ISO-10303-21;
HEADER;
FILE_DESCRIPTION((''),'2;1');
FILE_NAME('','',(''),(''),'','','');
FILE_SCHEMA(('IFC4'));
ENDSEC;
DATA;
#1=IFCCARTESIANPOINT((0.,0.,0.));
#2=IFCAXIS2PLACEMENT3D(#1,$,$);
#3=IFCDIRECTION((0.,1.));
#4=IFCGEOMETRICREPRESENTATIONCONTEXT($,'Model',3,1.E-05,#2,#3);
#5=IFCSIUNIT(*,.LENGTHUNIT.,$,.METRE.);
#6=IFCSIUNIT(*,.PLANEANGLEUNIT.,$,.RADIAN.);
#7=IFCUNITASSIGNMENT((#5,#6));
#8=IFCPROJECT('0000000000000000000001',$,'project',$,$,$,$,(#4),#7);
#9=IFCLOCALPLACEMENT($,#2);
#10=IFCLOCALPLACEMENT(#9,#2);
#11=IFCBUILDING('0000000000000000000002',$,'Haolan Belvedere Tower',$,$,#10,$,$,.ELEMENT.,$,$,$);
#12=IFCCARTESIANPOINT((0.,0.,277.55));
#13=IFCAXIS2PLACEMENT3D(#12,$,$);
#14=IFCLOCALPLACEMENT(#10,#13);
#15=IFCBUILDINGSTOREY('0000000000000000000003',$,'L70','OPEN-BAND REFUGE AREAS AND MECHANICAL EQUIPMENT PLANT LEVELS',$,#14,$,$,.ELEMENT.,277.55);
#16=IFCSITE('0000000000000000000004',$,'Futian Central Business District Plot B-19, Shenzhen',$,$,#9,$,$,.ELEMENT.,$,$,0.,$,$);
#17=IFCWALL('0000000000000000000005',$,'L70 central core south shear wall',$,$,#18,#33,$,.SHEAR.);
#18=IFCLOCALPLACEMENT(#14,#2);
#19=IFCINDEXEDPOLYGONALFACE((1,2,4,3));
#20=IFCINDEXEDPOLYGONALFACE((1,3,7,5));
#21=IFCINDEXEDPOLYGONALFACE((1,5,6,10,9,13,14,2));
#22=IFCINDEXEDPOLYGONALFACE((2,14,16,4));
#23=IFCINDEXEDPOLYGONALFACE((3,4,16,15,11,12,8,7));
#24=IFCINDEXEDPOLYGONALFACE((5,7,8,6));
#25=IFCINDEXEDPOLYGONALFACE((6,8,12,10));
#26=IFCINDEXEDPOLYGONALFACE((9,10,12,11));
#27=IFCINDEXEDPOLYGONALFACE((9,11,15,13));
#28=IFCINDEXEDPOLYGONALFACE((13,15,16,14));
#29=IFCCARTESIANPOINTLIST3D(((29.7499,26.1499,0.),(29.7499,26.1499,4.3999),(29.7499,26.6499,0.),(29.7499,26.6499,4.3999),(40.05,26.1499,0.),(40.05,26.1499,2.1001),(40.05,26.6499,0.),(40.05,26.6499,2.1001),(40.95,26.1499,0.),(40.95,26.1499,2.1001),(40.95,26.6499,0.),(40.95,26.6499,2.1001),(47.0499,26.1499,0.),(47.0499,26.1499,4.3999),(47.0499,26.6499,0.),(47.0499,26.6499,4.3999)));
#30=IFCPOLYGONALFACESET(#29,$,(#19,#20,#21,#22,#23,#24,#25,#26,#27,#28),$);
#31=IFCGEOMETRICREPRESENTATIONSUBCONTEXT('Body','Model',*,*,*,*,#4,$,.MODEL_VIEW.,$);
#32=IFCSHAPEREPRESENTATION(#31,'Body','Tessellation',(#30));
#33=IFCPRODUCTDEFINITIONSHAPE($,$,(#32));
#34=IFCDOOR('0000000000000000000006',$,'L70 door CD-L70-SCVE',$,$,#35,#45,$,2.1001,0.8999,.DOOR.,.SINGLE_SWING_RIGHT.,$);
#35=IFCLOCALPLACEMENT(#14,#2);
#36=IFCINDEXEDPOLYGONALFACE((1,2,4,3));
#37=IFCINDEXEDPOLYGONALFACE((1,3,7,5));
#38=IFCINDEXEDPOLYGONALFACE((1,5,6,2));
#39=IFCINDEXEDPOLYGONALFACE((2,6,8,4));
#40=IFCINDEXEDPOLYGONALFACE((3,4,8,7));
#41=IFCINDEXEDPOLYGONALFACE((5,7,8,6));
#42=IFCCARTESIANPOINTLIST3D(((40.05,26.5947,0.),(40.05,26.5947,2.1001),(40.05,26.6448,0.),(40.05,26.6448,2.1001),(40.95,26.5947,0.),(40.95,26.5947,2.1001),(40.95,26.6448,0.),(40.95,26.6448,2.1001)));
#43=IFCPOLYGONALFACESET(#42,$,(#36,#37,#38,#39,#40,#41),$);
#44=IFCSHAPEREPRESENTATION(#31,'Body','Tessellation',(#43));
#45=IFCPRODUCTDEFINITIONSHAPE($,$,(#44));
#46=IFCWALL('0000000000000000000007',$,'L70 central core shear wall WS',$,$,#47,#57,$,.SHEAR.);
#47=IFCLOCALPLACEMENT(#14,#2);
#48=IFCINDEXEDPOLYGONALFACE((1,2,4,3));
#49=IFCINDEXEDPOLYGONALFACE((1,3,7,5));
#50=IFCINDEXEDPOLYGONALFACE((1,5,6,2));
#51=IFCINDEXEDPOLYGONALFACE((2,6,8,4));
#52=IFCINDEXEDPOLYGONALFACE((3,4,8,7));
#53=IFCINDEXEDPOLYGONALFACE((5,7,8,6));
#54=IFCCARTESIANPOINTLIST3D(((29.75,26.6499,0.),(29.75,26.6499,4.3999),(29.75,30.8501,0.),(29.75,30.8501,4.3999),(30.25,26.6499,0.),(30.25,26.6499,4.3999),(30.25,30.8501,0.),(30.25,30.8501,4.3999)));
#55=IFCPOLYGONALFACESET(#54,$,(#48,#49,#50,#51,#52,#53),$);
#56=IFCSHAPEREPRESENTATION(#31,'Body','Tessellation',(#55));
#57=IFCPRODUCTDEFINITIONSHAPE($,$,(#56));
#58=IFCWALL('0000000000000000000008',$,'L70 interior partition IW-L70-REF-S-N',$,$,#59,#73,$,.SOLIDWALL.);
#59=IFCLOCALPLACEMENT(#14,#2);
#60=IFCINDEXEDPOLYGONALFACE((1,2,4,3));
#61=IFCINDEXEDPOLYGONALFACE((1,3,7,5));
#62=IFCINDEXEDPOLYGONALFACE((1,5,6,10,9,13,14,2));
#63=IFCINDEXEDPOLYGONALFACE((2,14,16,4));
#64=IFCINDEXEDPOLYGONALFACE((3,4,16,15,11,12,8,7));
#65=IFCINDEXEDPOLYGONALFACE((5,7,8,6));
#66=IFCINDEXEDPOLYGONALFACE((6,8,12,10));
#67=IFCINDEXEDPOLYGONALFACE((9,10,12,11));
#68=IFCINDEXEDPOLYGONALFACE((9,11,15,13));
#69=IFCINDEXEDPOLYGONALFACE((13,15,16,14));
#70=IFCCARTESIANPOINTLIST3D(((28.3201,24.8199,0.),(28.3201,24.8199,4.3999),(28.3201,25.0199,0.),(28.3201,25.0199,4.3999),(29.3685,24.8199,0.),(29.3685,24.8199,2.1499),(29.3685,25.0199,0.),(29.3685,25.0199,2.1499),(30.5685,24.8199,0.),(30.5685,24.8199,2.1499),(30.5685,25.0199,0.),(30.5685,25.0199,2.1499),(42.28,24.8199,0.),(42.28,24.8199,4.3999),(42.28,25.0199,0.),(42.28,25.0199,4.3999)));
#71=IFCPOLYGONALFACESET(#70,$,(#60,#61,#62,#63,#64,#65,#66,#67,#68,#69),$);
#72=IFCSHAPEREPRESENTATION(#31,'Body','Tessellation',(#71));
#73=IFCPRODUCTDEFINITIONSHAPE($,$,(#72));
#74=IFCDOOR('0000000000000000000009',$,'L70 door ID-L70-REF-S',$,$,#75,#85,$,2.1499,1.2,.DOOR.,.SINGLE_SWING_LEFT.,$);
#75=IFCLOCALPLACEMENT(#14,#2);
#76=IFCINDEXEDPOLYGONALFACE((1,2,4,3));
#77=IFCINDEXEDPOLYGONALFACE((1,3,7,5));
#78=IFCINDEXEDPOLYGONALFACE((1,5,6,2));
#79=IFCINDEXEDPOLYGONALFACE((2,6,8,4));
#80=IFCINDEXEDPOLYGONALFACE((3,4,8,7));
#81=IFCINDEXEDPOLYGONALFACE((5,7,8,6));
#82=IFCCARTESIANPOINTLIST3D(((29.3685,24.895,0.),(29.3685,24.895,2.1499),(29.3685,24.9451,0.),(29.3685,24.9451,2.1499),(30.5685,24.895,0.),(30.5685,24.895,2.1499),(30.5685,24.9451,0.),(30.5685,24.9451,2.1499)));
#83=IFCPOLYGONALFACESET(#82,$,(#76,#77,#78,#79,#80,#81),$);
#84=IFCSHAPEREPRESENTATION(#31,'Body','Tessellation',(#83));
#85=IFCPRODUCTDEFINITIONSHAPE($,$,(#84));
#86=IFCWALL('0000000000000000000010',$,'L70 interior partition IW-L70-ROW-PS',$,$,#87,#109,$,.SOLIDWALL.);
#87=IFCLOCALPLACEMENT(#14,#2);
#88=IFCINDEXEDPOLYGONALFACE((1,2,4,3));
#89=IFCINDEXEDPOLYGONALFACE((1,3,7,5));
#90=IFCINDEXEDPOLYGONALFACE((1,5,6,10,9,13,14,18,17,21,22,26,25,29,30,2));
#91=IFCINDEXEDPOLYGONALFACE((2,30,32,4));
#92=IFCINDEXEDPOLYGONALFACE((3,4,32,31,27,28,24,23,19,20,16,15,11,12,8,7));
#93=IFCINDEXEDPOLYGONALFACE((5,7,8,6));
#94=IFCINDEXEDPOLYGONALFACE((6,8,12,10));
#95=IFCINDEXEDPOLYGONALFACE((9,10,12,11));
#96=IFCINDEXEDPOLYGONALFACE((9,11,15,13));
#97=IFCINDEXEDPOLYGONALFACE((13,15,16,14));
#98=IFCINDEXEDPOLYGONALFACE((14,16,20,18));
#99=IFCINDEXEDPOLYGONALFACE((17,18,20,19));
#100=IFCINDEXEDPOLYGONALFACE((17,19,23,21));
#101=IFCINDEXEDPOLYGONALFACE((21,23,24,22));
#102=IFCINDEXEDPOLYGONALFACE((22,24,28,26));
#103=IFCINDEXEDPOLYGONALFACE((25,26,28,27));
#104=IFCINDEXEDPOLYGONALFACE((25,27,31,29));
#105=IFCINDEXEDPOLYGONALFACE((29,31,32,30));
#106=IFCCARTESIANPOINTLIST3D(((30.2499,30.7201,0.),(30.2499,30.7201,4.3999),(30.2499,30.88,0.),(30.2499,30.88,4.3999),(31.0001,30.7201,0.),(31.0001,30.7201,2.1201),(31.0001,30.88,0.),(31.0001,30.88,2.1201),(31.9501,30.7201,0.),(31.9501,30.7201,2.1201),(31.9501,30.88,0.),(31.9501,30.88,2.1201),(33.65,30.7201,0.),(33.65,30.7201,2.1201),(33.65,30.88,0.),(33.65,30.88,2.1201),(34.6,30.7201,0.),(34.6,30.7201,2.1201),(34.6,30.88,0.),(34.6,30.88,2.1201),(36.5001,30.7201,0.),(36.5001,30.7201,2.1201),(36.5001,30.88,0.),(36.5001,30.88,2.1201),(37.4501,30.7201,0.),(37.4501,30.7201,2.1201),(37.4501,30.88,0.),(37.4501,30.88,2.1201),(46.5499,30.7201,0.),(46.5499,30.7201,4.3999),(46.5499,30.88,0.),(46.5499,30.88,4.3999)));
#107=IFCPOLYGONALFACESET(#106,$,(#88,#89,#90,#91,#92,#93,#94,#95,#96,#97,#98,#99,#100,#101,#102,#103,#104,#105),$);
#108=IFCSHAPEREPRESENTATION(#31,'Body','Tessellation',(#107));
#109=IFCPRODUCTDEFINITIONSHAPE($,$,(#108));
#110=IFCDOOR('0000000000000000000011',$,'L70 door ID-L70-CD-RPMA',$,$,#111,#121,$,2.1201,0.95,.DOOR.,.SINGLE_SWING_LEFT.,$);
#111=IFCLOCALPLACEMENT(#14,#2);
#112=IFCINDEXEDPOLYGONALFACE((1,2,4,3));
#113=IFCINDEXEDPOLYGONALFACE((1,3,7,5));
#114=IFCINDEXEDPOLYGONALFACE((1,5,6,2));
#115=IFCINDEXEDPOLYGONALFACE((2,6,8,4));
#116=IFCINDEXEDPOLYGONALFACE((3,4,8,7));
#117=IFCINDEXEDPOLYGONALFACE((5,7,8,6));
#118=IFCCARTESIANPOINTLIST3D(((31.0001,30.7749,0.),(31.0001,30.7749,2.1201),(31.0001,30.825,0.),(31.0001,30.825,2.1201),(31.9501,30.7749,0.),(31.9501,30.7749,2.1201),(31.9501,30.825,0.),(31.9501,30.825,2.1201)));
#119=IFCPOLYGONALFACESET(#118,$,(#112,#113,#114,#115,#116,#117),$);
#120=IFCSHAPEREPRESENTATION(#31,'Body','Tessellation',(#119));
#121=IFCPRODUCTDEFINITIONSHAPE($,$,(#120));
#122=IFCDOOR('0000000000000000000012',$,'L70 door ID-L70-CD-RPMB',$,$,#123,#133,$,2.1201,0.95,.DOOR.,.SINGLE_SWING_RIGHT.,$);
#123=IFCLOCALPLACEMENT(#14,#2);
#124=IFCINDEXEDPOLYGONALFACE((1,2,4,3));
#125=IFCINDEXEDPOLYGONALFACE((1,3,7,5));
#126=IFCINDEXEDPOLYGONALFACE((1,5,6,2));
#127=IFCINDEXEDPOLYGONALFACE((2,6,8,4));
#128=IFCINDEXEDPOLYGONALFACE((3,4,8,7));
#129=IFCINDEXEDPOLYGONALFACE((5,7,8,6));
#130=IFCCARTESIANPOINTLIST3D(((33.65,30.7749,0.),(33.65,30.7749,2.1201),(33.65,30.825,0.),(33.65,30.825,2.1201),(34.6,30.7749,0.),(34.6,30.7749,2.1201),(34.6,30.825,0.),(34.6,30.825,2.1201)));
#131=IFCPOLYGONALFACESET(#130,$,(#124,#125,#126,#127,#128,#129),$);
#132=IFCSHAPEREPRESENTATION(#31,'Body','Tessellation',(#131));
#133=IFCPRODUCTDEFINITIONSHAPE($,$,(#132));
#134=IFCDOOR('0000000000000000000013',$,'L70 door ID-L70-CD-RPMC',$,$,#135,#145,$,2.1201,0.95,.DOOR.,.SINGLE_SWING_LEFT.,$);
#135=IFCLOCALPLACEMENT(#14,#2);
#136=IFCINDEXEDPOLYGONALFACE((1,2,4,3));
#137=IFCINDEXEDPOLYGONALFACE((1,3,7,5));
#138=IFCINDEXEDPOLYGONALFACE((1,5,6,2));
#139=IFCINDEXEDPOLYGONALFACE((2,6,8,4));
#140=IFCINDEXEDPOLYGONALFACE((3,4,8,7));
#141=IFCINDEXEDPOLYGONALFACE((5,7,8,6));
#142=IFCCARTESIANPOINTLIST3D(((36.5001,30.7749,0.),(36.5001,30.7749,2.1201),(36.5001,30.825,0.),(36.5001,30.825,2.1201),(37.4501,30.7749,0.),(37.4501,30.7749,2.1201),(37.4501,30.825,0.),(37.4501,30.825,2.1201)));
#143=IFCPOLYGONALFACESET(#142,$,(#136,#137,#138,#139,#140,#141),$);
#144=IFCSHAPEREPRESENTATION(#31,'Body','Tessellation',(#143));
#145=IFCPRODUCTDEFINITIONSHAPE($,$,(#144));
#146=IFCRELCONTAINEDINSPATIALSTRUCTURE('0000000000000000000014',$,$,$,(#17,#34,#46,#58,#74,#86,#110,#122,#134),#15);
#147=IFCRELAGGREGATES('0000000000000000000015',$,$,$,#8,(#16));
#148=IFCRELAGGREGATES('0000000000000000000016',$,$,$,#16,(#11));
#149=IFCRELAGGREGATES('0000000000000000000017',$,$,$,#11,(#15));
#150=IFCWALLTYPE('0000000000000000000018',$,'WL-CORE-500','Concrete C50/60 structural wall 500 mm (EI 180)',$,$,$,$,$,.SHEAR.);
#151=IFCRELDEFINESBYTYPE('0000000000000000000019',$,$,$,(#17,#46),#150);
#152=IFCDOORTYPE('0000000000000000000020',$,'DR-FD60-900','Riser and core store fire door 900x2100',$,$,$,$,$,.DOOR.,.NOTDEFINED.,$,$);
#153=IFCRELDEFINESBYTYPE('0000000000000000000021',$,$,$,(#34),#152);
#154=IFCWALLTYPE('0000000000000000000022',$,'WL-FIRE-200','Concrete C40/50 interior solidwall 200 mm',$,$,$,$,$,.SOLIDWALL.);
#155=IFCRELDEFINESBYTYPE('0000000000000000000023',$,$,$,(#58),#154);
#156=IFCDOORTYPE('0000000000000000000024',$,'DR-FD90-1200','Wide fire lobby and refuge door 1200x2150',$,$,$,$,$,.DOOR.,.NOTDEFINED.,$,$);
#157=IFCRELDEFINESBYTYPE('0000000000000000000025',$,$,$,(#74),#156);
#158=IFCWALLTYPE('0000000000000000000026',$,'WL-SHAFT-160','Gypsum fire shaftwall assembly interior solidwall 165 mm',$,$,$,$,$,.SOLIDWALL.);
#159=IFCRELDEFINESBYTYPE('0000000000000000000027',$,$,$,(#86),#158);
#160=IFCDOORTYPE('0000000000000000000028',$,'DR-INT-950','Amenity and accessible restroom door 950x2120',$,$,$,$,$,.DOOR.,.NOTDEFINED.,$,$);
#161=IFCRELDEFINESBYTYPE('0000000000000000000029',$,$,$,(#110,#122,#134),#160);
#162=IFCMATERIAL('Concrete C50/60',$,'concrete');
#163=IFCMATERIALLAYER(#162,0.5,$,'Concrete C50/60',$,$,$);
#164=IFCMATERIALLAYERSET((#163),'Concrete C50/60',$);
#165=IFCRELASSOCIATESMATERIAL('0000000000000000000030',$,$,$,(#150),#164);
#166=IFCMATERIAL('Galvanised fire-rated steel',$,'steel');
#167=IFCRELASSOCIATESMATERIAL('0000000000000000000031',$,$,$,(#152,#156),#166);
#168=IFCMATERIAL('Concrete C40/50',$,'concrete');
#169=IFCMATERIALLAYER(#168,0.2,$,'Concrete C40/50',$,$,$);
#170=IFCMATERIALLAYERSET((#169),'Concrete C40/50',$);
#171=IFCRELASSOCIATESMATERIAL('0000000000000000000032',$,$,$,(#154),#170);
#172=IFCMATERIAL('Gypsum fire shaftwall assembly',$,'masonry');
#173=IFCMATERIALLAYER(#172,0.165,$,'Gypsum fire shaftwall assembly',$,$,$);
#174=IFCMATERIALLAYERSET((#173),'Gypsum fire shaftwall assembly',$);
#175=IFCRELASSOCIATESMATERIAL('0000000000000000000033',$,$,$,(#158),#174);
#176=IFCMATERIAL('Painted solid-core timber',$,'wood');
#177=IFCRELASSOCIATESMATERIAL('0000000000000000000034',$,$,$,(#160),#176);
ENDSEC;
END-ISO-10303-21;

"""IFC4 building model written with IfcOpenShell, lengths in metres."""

from ifc_helpers import new_model, si_unit, direction, frame, frame_2d, origin, place, context, subcontext, project, spatial, rectangle, extrude, material, layer, layer_set, type_object, element, fill, save


model = new_model("IFC4")

# Units and contexts
model_context = context("Model", 3, precision=1e-05, world=origin(), true_north=direction((0.0, 1.0)))
body_context = subcontext(model_context, "Body", "Model", "MODEL_VIEW")
ifc_project = project(units=[si_unit("LENGTHUNIT", "METRE"), si_unit("PLANEANGLEUNIT", "RADIAN")], contexts=[model_context])

# Site, building, storey
site_placement = place(None, origin())
site = spatial("IfcSite", under=ifc_project, at=site_placement, Name="Futian Central Business District Plot B-19, Shenzhen", CompositionType="ELEMENT", RefElevation=0.0)
building_placement = place(site_placement, origin())
building = spatial("IfcBuilding", under=site, at=building_placement, Name="Haolan Belvedere Tower", CompositionType="ELEMENT")
storey_placement = place(building_placement, frame((0.0, 0.0, 277.55)))
storey = spatial("IfcBuildingStorey", under=building, at=storey_placement, Name="L70", Description="OPEN-BAND REFUGE AREAS AND MECHANICAL EQUIPMENT PLANT LEVELS", CompositionType="ELEMENT", Elevation=277.55)

# Wall, opening, door
ifc_material_1 = material(Name="Concrete C50/60", Category="concrete")
ifc_layer_1 = layer(ifc_material_1, 0.5, Name="Concrete C50/60")
ifc_layer_set_1 = layer_set([ifc_layer_1], Name="Concrete C50/60")
wall_type_1 = type_object("IfcWallType", Name="WL-CORE-500", Description="Concrete C50/60 structural wall 500 mm (EI 180)", PredefinedType="SHEAR", material=ifc_layer_set_1)
wall_1_placement = place(storey_placement, frame((29.75, 26.3999, 0.0), z_axis=(0.0, 0.0, 1.0), x_axis=(1.0, 0.0, 0.0)))
wall_1 = element("IfcWall", 1, at=wall_1_placement, inside=storey, type_object=wall_type_1, Name="L70 central core south shear wall", PredefinedType="SHEAR", context=body_context, shape_type="SweptSolid", body=[
    extrude(rectangle(XDim=17.3, YDim=0.5, at=frame_2d((8.6499, 0.0))), origin(), (0.0, 0.0, 1.0), 4.3999),
])
opening_1_placement = place(wall_1_placement, frame((11.2, 0.0, 0.0), z_axis=(0.0, 0.0, 1.0), x_axis=(-1.0, 0.0, 0.0)))
opening_1 = element("IfcOpeningElement", 2, at=opening_1_placement, cuts=wall_1, PredefinedType="OPENING", context=body_context, shape_type="SweptSolid", body=[
    extrude(rectangle(XDim=0.8999, YDim=2.1001, at=frame_2d((0.45, 1.05))), frame((0.0, 0.26, 0.0), z_axis=(0.0, -1.0, 0.0), x_axis=(1.0, 0.0, 0.0)), (0.0, 0.0, 1.0), 0.52),
])
ifc_material_2 = material(Name="Galvanised fire-rated steel", Category="steel")
door_type_1 = type_object("IfcDoorType", Name="DR-FD60-900", Description="Riser and core store fire door 900x2100", OperationType="NOTDEFINED", PredefinedType="DOOR", material=ifc_material_2)
door_1_placement = place(opening_1_placement, origin())
door_1 = element("IfcDoor", 3, at=door_1_placement, inside=storey, type_object=door_type_1, Name="L70 door CD-L70-SCVE", OperationType="SINGLE_SWING_RIGHT", OverallHeight=2.1001, OverallWidth=0.8999, PredefinedType="DOOR", context=body_context, shape_type="SweptSolid", body=[
    extrude(rectangle(XDim=0.8999, YDim=2.1001, at=frame_2d((0.45, 1.05))), frame((0.0, -0.1948, 0.0), z_axis=(0.0, -1.0, 0.0), x_axis=(1.0, 0.0, 0.0)), (0.0, 0.0, 1.0), 0.05),
])
fill(opening_1, door_1)

# Wall
wall_2_placement = place(storey_placement, frame((30.0, 26.6499, 0.0), z_axis=(0.0, 0.0, 1.0), x_axis=(0.0, 1.0, 0.0)))
element("IfcWall", 4, at=wall_2_placement, inside=storey, type_object=wall_type_1, Name="L70 central core shear wall WS", PredefinedType="SHEAR", context=body_context, shape_type="SweptSolid", body=[
    extrude(rectangle(XDim=4.2002, YDim=0.5, at=frame_2d((2.1001, 0.0))), origin(), (0.0, 0.0, 1.0), 4.3999),
])

# Wall, opening, door
ifc_material_3 = material(Name="Concrete C40/50", Category="concrete")
ifc_layer_2 = layer(ifc_material_3, 0.2, Name="Concrete C40/50")
ifc_layer_set_2 = layer_set([ifc_layer_2], Name="Concrete C40/50")
wall_type_2 = type_object("IfcWallType", Name="WL-FIRE-200", Description="Concrete C40/50 interior solidwall 200 mm", PredefinedType="SOLIDWALL", material=ifc_layer_set_2)
wall_3_placement = place(storey_placement, frame((28.3201, 24.9199, 0.0), z_axis=(0.0, 0.0, 1.0), x_axis=(1.0, 0.0, 0.0)))
wall_3 = element("IfcWall", 5, at=wall_3_placement, inside=storey, type_object=wall_type_2, Name="L70 interior partition IW-L70-REF-S-N", PredefinedType="SOLIDWALL", context=body_context, shape_type="SweptSolid", body=[
    extrude(rectangle(XDim=13.96, YDim=0.2, at=frame_2d((6.98, 0.0))), origin(), (0.0, 0.0, 1.0), 4.3999),
])
opening_2_placement = place(wall_3_placement, frame((2.2485, 0.0, 0.0), z_axis=(0.0, 0.0, 1.0), x_axis=(-1.0, 0.0, 0.0)))
opening_2 = element("IfcOpeningElement", 6, at=opening_2_placement, cuts=wall_3, PredefinedType="OPENING", context=body_context, shape_type="SweptSolid", body=[
    extrude(rectangle(XDim=1.2, YDim=2.1499, at=frame_2d((0.6001, 1.075))), frame((0.0, 0.1099, 0.0), z_axis=(0.0, -1.0, 0.0), x_axis=(1.0, 0.0, 0.0)), (0.0, 0.0, 1.0), 0.22),
])
door_type_2 = type_object("IfcDoorType", Name="DR-FD90-1200", Description="Wide fire lobby and refuge door 1200x2150", OperationType="NOTDEFINED", PredefinedType="DOOR", material=ifc_material_2)
door_2_placement = place(opening_2_placement, origin())
door_2 = element("IfcDoor", 7, at=door_2_placement, inside=storey, type_object=door_type_2, Name="L70 door ID-L70-REF-S", OperationType="SINGLE_SWING_LEFT", OverallHeight=2.1499, OverallWidth=1.2, PredefinedType="DOOR", context=body_context, shape_type="SweptSolid", body=[
    extrude(rectangle(XDim=1.2, YDim=2.1499, at=frame_2d((0.6001, 1.075))), frame((0.0, 0.0249, 0.0), z_axis=(0.0, -1.0, 0.0), x_axis=(1.0, 0.0, 0.0)), (0.0, 0.0, 1.0), 0.05),
])
fill(opening_2, door_2)

# Wall, openings, doors
ifc_material_4 = material(Name="Gypsum fire shaftwall assembly", Category="masonry")
ifc_layer_3 = layer(ifc_material_4, 0.165, Name="Gypsum fire shaftwall assembly")
ifc_layer_set_3 = layer_set([ifc_layer_3], Name="Gypsum fire shaftwall assembly")
wall_type_3 = type_object("IfcWallType", Name="WL-SHAFT-160", Description="Gypsum fire shaftwall assembly interior solidwall 165 mm", PredefinedType="SOLIDWALL", material=ifc_layer_set_3)
wall_4_placement = place(storey_placement, frame((30.25, 30.8, 0.0), z_axis=(0.0, 0.0, 1.0), x_axis=(1.0, 0.0, 0.0)))
wall_4 = element("IfcWall", 8, at=wall_4_placement, inside=storey, type_object=wall_type_3, Name="L70 interior partition IW-L70-ROW-PS", PredefinedType="SOLIDWALL", context=body_context, shape_type="SweptSolid", body=[
    extrude(rectangle(XDim=16.3, YDim=0.1599, at=frame_2d((8.1499, 0.0))), origin(), (0.0, 0.0, 1.0), 4.3999),
])
opening_3_placement = place(wall_4_placement, frame((0.75, 0.0, 0.0)))
opening_3 = element("IfcOpeningElement", 9, at=opening_3_placement, cuts=wall_4, PredefinedType="OPENING", context=body_context, shape_type="SweptSolid", body=[
    extrude(rectangle(XDim=0.95, YDim=2.1201, at=frame_2d((0.4751, 1.0601))), frame((0.0, 0.0898, 0.0), z_axis=(0.0, -1.0, 0.0), x_axis=(1.0, 0.0, 0.0)), (0.0, 0.0, 1.0), 0.1799),
])
opening_4_placement = place(wall_4_placement, frame((3.3999, 0.0, 0.0)))
opening_4 = element("IfcOpeningElement", 10, at=opening_4_placement, cuts=wall_4, PredefinedType="OPENING", context=body_context, shape_type="SweptSolid", body=[
    extrude(rectangle(XDim=0.95, YDim=2.1201, at=frame_2d((0.4751, 1.0601))), frame((0.0, 0.0898, 0.0), z_axis=(0.0, -1.0, 0.0), x_axis=(1.0, 0.0, 0.0)), (0.0, 0.0, 1.0), 0.1799),
])
opening_5_placement = place(wall_4_placement, frame((6.25, 0.0, 0.0)))
opening_5 = element("IfcOpeningElement", 11, at=opening_5_placement, cuts=wall_4, PredefinedType="OPENING", context=body_context, shape_type="SweptSolid", body=[
    extrude(rectangle(XDim=0.95, YDim=2.1201, at=frame_2d((0.4751, 1.0601))), frame((0.0, 0.0898, 0.0), z_axis=(0.0, -1.0, 0.0), x_axis=(1.0, 0.0, 0.0)), (0.0, 0.0, 1.0), 0.1799),
])
ifc_material_5 = material(Name="Painted solid-core timber", Category="wood")
door_type_3 = type_object("IfcDoorType", Name="DR-INT-950", Description="Amenity and accessible restroom door 950x2120", OperationType="NOTDEFINED", PredefinedType="DOOR", material=ifc_material_5)
door_3_placement = place(opening_3_placement, origin())
door_3 = element("IfcDoor", 12, at=door_3_placement, inside=storey, type_object=door_type_3, Name="L70 door ID-L70-CD-RPMA", OperationType="SINGLE_SWING_LEFT", OverallHeight=2.1201, OverallWidth=0.95, PredefinedType="DOOR", context=body_context, shape_type="SweptSolid", body=[
    extrude(rectangle(XDim=0.95, YDim=2.1201, at=frame_2d((0.4751, 1.0601))), frame((0.0, 0.0249, 0.0), z_axis=(0.0, -1.0, 0.0), x_axis=(1.0, 0.0, 0.0)), (0.0, 0.0, 1.0), 0.05),
])
fill(opening_3, door_3)
door_4_placement = place(opening_4_placement, origin())
door_4 = element("IfcDoor", 13, at=door_4_placement, inside=storey, type_object=door_type_3, Name="L70 door ID-L70-CD-RPMB", OperationType="SINGLE_SWING_RIGHT", OverallHeight=2.1201, OverallWidth=0.95, PredefinedType="DOOR", context=body_context, shape_type="SweptSolid", body=[
    extrude(rectangle(XDim=0.95, YDim=2.1201, at=frame_2d((0.4751, 1.0601))), frame((0.0, 0.0249, 0.0), z_axis=(0.0, -1.0, 0.0), x_axis=(1.0, 0.0, 0.0)), (0.0, 0.0, 1.0), 0.05),
])
fill(opening_4, door_4)
door_5_placement = place(opening_5_placement, origin())
door_5 = element("IfcDoor", 14, at=door_5_placement, inside=storey, type_object=door_type_3, Name="L70 door ID-L70-CD-RPMC", OperationType="SINGLE_SWING_LEFT", OverallHeight=2.1201, OverallWidth=0.95, PredefinedType="DOOR", context=body_context, shape_type="SweptSolid", body=[
    extrude(rectangle(XDim=0.95, YDim=2.1201, at=frame_2d((0.4751, 1.0601))), frame((0.0, 0.0249, 0.0), z_axis=(0.0, -1.0, 0.0), x_axis=(1.0, 0.0, 0.0)), (0.0, 0.0, 1.0), 0.05),
])
fill(opening_5, door_5)

save(model, "model.ifc")
